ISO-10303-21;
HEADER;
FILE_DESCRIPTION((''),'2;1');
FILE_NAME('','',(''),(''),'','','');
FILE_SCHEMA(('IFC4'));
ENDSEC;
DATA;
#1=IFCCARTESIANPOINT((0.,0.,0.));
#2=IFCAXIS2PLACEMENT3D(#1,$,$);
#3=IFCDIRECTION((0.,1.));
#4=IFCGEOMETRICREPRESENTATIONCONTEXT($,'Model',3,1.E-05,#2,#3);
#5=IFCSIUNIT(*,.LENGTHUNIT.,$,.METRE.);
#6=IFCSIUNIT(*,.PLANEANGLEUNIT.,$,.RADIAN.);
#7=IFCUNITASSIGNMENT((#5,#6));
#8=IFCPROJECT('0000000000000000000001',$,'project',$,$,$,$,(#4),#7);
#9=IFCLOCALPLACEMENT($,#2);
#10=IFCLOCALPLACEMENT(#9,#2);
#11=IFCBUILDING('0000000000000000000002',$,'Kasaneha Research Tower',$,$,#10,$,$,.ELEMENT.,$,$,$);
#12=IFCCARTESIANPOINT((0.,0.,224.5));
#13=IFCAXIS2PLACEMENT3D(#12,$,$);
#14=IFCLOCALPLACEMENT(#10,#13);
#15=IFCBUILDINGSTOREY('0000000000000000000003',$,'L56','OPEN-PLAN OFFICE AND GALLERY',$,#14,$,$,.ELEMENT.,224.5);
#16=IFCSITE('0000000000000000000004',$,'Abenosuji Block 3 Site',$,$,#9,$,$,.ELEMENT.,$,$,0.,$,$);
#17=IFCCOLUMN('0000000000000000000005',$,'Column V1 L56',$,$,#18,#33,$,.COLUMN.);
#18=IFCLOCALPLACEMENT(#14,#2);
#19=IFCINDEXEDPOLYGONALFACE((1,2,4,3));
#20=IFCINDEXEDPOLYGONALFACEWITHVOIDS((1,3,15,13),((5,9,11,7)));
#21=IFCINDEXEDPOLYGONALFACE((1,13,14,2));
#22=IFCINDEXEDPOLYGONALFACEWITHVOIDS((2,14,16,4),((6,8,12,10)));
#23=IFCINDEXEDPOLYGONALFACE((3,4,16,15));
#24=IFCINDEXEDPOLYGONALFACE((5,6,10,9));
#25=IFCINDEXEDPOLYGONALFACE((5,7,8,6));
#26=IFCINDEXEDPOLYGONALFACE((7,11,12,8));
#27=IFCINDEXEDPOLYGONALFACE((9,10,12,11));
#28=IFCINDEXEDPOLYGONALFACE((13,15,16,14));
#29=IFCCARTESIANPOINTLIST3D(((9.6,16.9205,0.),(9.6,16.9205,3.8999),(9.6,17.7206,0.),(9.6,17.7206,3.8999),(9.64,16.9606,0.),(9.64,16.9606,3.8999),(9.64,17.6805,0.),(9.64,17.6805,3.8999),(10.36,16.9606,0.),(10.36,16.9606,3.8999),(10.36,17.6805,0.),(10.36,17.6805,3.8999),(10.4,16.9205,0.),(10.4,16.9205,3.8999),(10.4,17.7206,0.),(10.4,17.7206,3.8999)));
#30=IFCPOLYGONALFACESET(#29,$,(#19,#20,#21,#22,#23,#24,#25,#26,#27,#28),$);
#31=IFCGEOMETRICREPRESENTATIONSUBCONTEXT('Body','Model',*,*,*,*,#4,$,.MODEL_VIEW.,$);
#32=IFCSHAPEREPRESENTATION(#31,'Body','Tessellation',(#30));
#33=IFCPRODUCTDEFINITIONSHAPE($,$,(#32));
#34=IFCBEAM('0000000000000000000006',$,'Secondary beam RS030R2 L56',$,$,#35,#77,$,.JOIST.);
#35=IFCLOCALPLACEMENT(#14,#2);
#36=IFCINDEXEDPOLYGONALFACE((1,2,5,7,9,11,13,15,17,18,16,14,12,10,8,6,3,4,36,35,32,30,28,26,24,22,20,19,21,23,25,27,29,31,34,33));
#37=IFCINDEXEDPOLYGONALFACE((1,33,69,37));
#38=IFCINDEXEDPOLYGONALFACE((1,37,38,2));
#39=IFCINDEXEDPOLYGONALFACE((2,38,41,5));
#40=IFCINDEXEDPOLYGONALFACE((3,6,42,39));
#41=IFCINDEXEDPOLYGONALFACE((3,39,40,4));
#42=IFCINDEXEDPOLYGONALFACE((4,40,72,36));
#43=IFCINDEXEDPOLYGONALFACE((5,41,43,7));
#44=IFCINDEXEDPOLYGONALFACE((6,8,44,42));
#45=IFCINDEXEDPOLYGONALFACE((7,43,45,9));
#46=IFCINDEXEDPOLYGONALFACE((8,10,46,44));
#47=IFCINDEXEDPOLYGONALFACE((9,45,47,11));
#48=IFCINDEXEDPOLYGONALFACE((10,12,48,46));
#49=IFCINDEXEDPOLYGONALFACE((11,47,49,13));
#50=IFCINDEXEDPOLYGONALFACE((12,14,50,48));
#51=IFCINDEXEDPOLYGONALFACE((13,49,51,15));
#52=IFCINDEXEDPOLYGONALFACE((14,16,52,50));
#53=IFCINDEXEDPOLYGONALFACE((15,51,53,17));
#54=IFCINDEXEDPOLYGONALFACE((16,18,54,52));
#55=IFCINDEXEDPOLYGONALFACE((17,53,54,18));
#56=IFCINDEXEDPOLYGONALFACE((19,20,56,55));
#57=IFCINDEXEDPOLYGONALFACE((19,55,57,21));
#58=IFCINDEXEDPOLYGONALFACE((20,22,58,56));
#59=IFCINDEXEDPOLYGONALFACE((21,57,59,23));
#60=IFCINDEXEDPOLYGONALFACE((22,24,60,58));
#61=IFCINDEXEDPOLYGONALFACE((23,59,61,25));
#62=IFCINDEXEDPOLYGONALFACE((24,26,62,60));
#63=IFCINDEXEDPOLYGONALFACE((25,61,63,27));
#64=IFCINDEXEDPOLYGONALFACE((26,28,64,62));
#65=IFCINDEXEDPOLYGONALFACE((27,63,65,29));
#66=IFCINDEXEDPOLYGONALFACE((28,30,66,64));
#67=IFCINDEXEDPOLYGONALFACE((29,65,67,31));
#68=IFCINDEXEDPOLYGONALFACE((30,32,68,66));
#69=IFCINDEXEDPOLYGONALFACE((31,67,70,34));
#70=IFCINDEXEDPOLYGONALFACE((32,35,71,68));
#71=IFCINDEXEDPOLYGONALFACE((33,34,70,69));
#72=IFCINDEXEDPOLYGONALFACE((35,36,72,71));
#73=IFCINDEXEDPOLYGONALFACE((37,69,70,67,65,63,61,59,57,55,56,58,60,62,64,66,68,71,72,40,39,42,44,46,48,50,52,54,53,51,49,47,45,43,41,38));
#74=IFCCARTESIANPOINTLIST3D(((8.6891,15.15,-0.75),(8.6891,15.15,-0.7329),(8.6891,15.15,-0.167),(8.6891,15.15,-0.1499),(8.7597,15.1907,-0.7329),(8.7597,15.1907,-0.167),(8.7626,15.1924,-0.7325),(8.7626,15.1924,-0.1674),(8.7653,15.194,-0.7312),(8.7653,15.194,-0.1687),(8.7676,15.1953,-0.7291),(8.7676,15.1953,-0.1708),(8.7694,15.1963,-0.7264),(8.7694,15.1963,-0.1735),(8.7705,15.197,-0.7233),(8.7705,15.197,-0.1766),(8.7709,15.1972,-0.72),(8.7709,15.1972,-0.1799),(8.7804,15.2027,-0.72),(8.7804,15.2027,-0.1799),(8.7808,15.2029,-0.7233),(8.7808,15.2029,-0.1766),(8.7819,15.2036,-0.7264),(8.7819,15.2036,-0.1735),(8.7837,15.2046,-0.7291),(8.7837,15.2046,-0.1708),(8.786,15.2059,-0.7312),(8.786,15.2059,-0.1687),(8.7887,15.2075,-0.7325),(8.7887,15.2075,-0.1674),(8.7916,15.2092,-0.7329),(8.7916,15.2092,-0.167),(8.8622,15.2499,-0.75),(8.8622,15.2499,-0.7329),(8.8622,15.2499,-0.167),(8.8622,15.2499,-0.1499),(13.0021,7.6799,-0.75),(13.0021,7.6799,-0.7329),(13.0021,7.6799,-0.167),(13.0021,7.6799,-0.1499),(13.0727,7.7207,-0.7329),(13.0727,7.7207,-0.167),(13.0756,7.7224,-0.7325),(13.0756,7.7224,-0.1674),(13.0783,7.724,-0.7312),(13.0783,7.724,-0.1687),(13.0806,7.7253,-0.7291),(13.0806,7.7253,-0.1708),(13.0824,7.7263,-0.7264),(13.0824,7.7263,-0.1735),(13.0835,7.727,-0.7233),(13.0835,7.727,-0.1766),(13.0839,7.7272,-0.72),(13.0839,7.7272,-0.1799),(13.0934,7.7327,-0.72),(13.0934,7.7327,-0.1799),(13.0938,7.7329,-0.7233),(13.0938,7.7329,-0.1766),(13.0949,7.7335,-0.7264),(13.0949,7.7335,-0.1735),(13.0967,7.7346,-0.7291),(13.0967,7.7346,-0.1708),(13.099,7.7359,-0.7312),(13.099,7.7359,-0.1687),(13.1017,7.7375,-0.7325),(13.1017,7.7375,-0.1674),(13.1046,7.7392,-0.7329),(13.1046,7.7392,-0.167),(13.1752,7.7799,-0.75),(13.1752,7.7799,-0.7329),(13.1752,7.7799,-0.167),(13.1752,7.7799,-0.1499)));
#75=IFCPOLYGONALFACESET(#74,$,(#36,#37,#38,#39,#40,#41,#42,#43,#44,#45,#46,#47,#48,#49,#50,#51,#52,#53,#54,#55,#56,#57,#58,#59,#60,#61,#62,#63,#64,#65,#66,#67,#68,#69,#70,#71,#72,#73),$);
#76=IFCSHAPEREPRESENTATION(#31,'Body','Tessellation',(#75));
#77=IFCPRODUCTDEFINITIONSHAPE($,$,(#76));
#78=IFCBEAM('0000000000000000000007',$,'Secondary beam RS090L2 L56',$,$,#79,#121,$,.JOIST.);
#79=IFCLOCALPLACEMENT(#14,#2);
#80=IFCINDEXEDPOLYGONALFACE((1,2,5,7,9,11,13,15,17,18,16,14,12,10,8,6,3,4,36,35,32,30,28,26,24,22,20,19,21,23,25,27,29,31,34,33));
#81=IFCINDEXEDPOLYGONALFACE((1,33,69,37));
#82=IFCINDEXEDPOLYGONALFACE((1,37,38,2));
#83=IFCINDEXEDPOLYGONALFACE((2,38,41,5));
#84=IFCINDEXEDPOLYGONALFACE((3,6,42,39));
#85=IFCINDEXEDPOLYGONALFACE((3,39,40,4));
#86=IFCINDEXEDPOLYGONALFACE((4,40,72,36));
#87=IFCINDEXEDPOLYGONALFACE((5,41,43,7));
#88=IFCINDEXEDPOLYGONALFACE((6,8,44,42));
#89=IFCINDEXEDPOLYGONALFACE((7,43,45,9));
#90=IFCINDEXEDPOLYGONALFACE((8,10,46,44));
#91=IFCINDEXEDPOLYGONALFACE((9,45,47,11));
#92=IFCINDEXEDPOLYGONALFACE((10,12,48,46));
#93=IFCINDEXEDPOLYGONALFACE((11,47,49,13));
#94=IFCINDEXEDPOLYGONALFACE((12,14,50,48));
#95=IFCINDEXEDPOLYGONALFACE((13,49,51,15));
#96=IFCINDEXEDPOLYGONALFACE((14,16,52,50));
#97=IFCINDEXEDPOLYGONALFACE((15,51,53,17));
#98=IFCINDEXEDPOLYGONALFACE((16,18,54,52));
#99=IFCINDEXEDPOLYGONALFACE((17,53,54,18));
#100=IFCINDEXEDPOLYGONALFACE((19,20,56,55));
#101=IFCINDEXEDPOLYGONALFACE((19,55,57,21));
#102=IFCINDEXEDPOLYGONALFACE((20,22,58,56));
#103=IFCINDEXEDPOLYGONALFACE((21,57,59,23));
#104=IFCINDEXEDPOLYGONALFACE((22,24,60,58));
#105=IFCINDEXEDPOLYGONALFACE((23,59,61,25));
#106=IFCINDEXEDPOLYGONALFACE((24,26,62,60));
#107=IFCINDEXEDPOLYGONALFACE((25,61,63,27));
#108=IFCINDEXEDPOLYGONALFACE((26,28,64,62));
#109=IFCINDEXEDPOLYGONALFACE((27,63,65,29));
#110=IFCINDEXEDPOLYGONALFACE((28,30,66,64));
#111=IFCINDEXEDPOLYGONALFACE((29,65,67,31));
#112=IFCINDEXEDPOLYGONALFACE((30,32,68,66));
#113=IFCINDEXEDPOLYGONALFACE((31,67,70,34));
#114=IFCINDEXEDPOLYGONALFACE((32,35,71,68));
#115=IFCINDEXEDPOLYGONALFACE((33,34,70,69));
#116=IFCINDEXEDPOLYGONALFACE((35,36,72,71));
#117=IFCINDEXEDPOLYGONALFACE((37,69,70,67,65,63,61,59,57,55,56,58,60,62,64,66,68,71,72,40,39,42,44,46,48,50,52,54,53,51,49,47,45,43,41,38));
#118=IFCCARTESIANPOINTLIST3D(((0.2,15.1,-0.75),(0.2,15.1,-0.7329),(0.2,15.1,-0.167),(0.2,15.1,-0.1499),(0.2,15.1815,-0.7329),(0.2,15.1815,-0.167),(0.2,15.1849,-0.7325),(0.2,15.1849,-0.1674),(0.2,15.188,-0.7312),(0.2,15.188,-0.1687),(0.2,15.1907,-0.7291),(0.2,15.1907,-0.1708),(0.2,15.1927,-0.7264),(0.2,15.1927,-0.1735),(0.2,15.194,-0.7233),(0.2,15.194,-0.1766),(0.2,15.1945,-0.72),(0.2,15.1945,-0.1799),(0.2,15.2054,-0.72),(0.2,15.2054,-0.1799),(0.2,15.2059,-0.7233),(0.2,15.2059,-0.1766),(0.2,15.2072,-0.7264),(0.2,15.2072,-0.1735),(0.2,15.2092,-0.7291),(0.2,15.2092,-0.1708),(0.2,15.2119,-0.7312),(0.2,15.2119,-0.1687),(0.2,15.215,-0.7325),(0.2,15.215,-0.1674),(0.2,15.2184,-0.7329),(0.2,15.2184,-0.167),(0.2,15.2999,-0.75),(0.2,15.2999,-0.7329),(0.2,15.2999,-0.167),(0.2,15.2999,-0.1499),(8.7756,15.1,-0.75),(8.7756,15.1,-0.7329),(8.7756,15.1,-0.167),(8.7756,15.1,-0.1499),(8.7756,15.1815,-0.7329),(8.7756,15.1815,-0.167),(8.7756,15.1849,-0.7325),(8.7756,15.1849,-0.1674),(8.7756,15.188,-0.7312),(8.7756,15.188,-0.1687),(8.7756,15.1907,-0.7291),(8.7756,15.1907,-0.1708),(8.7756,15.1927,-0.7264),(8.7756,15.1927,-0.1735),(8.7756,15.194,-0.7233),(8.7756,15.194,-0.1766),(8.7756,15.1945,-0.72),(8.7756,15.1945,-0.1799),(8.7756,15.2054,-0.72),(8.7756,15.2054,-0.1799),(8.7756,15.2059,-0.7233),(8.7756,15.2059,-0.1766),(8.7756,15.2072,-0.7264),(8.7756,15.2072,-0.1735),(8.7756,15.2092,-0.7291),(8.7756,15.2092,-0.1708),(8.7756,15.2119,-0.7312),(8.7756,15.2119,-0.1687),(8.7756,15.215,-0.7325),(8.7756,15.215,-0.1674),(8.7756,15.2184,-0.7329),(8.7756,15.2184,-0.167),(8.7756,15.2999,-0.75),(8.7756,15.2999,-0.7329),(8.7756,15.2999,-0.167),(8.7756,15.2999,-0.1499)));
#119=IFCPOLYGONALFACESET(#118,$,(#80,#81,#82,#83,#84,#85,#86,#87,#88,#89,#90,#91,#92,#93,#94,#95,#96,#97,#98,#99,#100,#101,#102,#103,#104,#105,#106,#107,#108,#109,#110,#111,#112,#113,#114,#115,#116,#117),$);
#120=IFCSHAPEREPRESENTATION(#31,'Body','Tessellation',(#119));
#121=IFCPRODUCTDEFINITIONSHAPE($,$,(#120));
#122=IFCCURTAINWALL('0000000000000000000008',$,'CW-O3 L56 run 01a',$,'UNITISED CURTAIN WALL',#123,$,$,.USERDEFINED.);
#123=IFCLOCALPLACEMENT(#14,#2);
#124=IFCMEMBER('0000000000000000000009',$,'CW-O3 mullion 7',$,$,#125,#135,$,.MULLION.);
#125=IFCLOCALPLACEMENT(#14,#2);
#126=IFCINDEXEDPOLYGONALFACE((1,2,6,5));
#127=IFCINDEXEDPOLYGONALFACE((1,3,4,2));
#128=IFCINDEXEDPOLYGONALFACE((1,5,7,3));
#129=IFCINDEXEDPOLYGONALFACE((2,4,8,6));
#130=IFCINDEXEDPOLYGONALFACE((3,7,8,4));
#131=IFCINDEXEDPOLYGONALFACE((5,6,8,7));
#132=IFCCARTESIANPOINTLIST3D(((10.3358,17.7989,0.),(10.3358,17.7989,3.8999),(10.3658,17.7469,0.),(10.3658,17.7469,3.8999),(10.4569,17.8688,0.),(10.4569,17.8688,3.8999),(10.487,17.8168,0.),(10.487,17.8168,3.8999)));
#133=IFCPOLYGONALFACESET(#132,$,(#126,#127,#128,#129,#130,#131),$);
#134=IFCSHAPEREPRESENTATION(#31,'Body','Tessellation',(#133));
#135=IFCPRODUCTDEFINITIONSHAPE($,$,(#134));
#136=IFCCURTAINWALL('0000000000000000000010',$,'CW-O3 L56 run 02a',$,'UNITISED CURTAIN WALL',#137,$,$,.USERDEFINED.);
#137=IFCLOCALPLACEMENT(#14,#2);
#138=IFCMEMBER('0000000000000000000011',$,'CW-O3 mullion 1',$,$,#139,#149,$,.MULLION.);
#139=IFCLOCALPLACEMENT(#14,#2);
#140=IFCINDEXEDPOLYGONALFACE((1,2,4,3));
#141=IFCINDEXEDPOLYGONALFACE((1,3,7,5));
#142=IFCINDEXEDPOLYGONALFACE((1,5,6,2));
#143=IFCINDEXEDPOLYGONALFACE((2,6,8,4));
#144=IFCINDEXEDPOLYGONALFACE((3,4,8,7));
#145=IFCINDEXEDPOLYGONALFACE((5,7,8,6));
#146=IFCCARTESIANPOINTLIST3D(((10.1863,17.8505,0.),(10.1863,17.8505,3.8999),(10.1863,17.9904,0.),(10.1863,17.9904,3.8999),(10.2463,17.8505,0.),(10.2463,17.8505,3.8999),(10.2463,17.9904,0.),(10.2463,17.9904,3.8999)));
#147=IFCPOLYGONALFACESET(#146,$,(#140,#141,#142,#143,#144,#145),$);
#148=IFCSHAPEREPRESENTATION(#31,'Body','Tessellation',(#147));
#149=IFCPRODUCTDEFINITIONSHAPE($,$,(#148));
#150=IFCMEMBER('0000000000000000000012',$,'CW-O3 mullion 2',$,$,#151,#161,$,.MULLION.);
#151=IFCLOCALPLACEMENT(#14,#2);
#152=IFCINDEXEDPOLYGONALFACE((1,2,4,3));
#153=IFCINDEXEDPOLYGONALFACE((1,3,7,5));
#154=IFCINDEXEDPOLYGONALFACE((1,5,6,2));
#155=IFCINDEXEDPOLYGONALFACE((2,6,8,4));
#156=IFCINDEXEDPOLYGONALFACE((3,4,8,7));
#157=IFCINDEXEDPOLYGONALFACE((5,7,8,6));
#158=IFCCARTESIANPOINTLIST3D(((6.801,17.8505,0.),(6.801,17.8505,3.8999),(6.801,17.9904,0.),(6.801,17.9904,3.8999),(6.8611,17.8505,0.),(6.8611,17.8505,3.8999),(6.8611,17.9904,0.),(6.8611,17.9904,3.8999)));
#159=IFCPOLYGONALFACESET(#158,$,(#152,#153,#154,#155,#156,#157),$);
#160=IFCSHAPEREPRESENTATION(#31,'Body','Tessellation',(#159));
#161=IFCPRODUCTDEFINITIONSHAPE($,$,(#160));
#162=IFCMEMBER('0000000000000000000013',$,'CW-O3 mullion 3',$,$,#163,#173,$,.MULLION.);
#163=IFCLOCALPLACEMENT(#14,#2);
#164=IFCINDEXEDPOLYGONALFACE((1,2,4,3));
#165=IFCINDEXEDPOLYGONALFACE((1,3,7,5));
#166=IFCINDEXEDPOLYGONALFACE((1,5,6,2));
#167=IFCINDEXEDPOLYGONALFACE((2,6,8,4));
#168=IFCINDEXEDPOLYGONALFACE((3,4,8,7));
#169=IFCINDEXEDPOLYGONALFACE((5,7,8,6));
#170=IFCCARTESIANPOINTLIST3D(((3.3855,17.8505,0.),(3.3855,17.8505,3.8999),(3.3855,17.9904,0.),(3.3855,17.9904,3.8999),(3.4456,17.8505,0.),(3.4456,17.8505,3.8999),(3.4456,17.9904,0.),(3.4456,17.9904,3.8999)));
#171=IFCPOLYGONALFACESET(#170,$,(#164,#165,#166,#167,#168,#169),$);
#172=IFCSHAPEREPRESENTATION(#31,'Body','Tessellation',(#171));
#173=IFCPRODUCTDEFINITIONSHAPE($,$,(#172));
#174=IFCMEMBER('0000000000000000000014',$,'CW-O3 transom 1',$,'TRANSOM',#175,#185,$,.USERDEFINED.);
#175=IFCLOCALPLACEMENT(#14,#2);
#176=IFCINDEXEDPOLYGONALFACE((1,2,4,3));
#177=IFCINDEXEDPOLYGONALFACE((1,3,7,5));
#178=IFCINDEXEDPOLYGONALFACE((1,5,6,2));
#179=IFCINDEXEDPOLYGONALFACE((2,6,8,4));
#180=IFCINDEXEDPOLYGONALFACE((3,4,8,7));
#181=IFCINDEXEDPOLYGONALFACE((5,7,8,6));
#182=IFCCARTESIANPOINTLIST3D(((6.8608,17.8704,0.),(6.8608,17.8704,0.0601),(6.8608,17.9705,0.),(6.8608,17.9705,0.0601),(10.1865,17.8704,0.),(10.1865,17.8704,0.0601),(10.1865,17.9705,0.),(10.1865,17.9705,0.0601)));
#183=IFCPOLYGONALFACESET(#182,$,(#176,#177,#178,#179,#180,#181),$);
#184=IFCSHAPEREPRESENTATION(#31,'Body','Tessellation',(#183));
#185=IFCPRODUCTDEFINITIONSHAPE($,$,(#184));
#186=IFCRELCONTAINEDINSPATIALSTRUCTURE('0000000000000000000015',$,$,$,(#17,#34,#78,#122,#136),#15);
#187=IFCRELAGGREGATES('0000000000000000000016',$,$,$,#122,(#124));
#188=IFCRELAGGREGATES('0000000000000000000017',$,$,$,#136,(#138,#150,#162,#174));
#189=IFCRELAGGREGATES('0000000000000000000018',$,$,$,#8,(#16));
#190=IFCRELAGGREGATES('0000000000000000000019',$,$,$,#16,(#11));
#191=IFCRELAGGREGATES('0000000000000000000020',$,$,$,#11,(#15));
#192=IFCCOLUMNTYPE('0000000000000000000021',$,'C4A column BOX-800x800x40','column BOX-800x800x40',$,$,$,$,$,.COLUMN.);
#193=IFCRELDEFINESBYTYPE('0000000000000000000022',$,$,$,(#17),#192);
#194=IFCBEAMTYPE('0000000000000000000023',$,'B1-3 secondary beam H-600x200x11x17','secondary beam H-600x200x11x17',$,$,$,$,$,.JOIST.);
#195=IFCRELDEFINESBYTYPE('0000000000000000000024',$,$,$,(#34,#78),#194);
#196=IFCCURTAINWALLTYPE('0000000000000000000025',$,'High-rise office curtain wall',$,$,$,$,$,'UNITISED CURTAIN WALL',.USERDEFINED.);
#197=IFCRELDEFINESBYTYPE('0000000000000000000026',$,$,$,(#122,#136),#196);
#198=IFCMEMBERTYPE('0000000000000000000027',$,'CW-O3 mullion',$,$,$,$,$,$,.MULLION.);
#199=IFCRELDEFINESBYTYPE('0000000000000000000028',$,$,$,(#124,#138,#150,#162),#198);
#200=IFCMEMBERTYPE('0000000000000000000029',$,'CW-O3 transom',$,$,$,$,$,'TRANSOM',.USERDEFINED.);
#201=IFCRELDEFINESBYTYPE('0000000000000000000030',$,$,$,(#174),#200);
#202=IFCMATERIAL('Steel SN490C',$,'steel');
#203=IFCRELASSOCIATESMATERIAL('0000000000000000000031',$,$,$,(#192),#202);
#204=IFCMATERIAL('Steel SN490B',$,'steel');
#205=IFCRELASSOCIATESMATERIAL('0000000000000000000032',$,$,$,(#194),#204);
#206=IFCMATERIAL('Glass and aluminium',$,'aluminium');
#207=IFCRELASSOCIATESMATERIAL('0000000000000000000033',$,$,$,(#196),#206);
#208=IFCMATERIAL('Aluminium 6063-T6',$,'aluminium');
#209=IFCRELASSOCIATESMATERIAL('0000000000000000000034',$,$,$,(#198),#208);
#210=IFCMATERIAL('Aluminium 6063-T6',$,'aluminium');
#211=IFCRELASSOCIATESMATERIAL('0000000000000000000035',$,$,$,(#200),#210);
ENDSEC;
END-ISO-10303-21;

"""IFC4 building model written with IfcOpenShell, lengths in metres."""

from ifc_helpers import new_model, si_unit, direction, frame, origin, origin_2d, place, context, subcontext, project, spatial, rectangle, hollow_rectangle, i_section, extrude, material, material_profile, profile_set, type_object, element, aggregate, save


model = new_model("IFC4")

# Units and contexts
model_context = context("Model", 3, precision=1e-05, world=origin(), true_north=direction((0.0, 1.0)))
body_context = subcontext(model_context, "Body", "Model", "MODEL_VIEW")
ifc_project = project(units=[si_unit("LENGTHUNIT", "METRE"), si_unit("PLANEANGLEUNIT", "RADIAN")], contexts=[model_context])

# Site, building, storey
site_placement = place(None, origin())
site = spatial("IfcSite", under=ifc_project, at=site_placement, Name="Abenosuji Block 3 Site", CompositionType="ELEMENT", RefElevation=0.0)
building_placement = place(site_placement, origin())
building = spatial("IfcBuilding", under=site, at=building_placement, Name="Kasaneha Research Tower", CompositionType="ELEMENT")
storey_placement = place(building_placement, frame((0.0, 0.0, 224.5)))
storey = spatial("IfcBuildingStorey", under=building, at=storey_placement, Name="L56", Description="OPEN-PLAN OFFICE AND GALLERY", CompositionType="ELEMENT", Elevation=224.5)

# Column
ifc_material_1 = material(Name="Steel SN490C", Category="steel")
ifc_material_profile_1 = material_profile(ifc_material_1, hollow_rectangle(XDim=0.8, YDim=0.8, WallThickness=0.04, at=origin_2d()), Name="BOX-800x800x40")
ifc_profile_set_1 = profile_set([ifc_material_profile_1], Name="Steel SN490C")
column_type = type_object("IfcColumnType", Name="C4A column BOX-800x800x40", Description="column BOX-800x800x40", PredefinedType="COLUMN", material=ifc_profile_set_1)
column_placement = place(storey_placement, frame((10.0, 17.3206, 0.0), z_axis=(0.0, 0.0, 1.0), x_axis=(1.0, 0.0, 0.0)))
element("IfcColumn", 1, at=column_placement, inside=storey, type_object=column_type, Name="Column V1 L56", PredefinedType="COLUMN", context=body_context, shape_type="SweptSolid", body=[
    extrude(hollow_rectangle(XDim=0.8, YDim=0.8, WallThickness=0.04, at=origin_2d()), origin(), (0.0, 0.0, 1.0), 3.8999),
])

# Beams
ifc_material_2 = material(Name="Steel SN490B", Category="steel")
ifc_material_profile_2 = material_profile(ifc_material_2, i_section(OverallWidth=0.2, OverallDepth=0.6001, WebThickness=0.011, FlangeThickness=0.0171, FilletRadius=0.0129, at=origin_2d()), Name="H-600x200x11x17")
ifc_profile_set_2 = profile_set([ifc_material_profile_2], Name="Steel SN490B")
beam_type_1 = type_object("IfcBeamType", Name="B1-3 secondary beam H-600x200x11x17", Description="secondary beam H-600x200x11x17", PredefinedType="JOIST", material=ifc_profile_set_2)
beam_1_placement = place(storey_placement, frame((8.7756, 15.2, -0.45), z_axis=(0.500017, -0.866015, 0.0), x_axis=(0.866015, 0.500017, 0.0)))
element("IfcBeam", 2, at=beam_1_placement, inside=storey, type_object=beam_type_1, Name="Secondary beam RS030R2 L56", PredefinedType="JOIST", context=body_context, shape_type="SweptSolid", body=[
    extrude(i_section(OverallWidth=0.2, OverallDepth=0.6001, WebThickness=0.011, FlangeThickness=0.0171, FilletRadius=0.0129, at=origin_2d()), origin(), (0.0, 0.0, 1.0), 8.6257),
])
beam_2_placement = place(storey_placement, frame((8.7756, 15.2, -0.45), z_axis=(-1.0, 0.0, 0.0), x_axis=(0.0, -1.0, 0.0)))
element("IfcBeam", 3, at=beam_2_placement, inside=storey, type_object=beam_type_1, Name="Secondary beam RS090L2 L56", PredefinedType="JOIST", context=body_context, shape_type="SweptSolid", body=[
    extrude(i_section(OverallWidth=0.2, OverallDepth=0.6001, WebThickness=0.011, FlangeThickness=0.0171, FilletRadius=0.0129, at=origin_2d()), origin(), (0.0, 0.0, 1.0), 8.5757),
])

# Curtain wall, member
ifc_material_3 = material(Name="Glass and aluminium", Category="aluminium")
curtain_wall_type = type_object("IfcCurtainWallType", Name="High-rise office curtain wall", ElementType="UNITISED CURTAIN WALL", PredefinedType="USERDEFINED", material=ifc_material_3)
curtain_wall_1_placement = place(storey_placement, origin())
curtain_wall_1 = element("IfcCurtainWall", 4, at=curtain_wall_1_placement, inside=storey, type_object=curtain_wall_type, Name="CW-O3 L56 run 01a", ObjectType="UNITISED CURTAIN WALL", PredefinedType="USERDEFINED")
ifc_material_4 = material(Name="Aluminium 6063-T6", Category="aluminium")
ifc_material_profile_3 = material_profile(ifc_material_4, rectangle(XDim=0.0601, YDim=0.1399, at=origin_2d()), Name="CW-O3 mullion 60x140")
ifc_profile_set_3 = profile_set([ifc_material_profile_3], Name="Aluminium 6063-T6")
member_type_1 = type_object("IfcMemberType", Name="CW-O3 mullion", PredefinedType="MULLION", material=ifc_profile_set_3)
member_1_placement = place(storey_placement, frame((10.4114, 17.8079, 0.0), z_axis=(0.0, 0.0, 1.0), x_axis=(-0.5, 0.866025, 0.0)))
member_1 = element("IfcMember", 5, at=member_1_placement, type_object=member_type_1, Name="CW-O3 mullion 7", PredefinedType="MULLION", context=body_context, shape_type="SweptSolid", body=[
    extrude(rectangle(XDim=0.0601, YDim=0.1399, at=origin_2d()), origin(), (0.0, 0.0, 1.0), 3.8999),
])

# Curtain wall, members
curtain_wall_2_placement = place(storey_placement, origin())
curtain_wall_2 = element("IfcCurtainWall", 6, at=curtain_wall_2_placement, inside=storey, type_object=curtain_wall_type, Name="CW-O3 L56 run 02a", ObjectType="UNITISED CURTAIN WALL", PredefinedType="USERDEFINED")
member_2_placement = place(storey_placement, frame((10.2163, 17.9204, 0.0), z_axis=(0.0, 0.0, 1.0), x_axis=(-1.0, 0.0, 0.0)))
member_2 = element("IfcMember", 7, at=member_2_placement, type_object=member_type_1, Name="CW-O3 mullion 1", PredefinedType="MULLION", context=body_context, shape_type="SweptSolid", body=[
    extrude(rectangle(XDim=0.0601, YDim=0.1399, at=origin_2d()), origin(), (0.0, 0.0, 1.0), 3.8999),
])
member_3_placement = place(storey_placement, frame((6.8311, 17.9204, 0.0), z_axis=(0.0, 0.0, 1.0), x_axis=(-1.0, 0.0, 0.0)))
member_3 = element("IfcMember", 8, at=member_3_placement, type_object=member_type_1, Name="CW-O3 mullion 2", PredefinedType="MULLION", context=body_context, shape_type="SweptSolid", body=[
    extrude(rectangle(XDim=0.0601, YDim=0.1399, at=origin_2d()), origin(), (0.0, 0.0, 1.0), 3.8999),
])
member_4_placement = place(storey_placement, frame((3.4155, 17.9204, 0.0), z_axis=(0.0, 0.0, 1.0), x_axis=(-1.0, 0.0, 0.0)))
member_4 = element("IfcMember", 9, at=member_4_placement, type_object=member_type_1, Name="CW-O3 mullion 3", PredefinedType="MULLION", context=body_context, shape_type="SweptSolid", body=[
    extrude(rectangle(XDim=0.0601, YDim=0.1399, at=origin_2d()), origin(), (0.0, 0.0, 1.0), 3.8999),
])
ifc_material_5 = material(Name="Aluminium 6063-T6", Category="aluminium")
ifc_material_profile_4 = material_profile(ifc_material_5, rectangle(XDim=0.1001, YDim=0.0601, at=origin_2d()), Name="CW-O3 transom 100x60")
ifc_profile_set_4 = profile_set([ifc_material_profile_4], Name="Aluminium 6063-T6")
member_type_2 = type_object("IfcMemberType", Name="CW-O3 transom", ElementType="TRANSOM", PredefinedType="USERDEFINED", material=ifc_profile_set_4)
member_5_placement = place(storey_placement, frame((10.1865, 17.9204, 0.03), z_axis=(-1.0, 0.0, 0.0), x_axis=(0.0, -1.0, 0.0)))
member_5 = element("IfcMember", 10, at=member_5_placement, type_object=member_type_2, Name="CW-O3 transom 1", ObjectType="TRANSOM", PredefinedType="USERDEFINED", context=body_context, shape_type="SweptSolid", body=[
    extrude(rectangle(XDim=0.1001, YDim=0.0601, at=origin_2d()), origin(), (0.0, 0.0, 1.0), 3.3257),
])

aggregate(curtain_wall_1, [member_1])
aggregate(curtain_wall_2, [member_2, member_3, member_4, member_5])

save(model, "model.ifc")
